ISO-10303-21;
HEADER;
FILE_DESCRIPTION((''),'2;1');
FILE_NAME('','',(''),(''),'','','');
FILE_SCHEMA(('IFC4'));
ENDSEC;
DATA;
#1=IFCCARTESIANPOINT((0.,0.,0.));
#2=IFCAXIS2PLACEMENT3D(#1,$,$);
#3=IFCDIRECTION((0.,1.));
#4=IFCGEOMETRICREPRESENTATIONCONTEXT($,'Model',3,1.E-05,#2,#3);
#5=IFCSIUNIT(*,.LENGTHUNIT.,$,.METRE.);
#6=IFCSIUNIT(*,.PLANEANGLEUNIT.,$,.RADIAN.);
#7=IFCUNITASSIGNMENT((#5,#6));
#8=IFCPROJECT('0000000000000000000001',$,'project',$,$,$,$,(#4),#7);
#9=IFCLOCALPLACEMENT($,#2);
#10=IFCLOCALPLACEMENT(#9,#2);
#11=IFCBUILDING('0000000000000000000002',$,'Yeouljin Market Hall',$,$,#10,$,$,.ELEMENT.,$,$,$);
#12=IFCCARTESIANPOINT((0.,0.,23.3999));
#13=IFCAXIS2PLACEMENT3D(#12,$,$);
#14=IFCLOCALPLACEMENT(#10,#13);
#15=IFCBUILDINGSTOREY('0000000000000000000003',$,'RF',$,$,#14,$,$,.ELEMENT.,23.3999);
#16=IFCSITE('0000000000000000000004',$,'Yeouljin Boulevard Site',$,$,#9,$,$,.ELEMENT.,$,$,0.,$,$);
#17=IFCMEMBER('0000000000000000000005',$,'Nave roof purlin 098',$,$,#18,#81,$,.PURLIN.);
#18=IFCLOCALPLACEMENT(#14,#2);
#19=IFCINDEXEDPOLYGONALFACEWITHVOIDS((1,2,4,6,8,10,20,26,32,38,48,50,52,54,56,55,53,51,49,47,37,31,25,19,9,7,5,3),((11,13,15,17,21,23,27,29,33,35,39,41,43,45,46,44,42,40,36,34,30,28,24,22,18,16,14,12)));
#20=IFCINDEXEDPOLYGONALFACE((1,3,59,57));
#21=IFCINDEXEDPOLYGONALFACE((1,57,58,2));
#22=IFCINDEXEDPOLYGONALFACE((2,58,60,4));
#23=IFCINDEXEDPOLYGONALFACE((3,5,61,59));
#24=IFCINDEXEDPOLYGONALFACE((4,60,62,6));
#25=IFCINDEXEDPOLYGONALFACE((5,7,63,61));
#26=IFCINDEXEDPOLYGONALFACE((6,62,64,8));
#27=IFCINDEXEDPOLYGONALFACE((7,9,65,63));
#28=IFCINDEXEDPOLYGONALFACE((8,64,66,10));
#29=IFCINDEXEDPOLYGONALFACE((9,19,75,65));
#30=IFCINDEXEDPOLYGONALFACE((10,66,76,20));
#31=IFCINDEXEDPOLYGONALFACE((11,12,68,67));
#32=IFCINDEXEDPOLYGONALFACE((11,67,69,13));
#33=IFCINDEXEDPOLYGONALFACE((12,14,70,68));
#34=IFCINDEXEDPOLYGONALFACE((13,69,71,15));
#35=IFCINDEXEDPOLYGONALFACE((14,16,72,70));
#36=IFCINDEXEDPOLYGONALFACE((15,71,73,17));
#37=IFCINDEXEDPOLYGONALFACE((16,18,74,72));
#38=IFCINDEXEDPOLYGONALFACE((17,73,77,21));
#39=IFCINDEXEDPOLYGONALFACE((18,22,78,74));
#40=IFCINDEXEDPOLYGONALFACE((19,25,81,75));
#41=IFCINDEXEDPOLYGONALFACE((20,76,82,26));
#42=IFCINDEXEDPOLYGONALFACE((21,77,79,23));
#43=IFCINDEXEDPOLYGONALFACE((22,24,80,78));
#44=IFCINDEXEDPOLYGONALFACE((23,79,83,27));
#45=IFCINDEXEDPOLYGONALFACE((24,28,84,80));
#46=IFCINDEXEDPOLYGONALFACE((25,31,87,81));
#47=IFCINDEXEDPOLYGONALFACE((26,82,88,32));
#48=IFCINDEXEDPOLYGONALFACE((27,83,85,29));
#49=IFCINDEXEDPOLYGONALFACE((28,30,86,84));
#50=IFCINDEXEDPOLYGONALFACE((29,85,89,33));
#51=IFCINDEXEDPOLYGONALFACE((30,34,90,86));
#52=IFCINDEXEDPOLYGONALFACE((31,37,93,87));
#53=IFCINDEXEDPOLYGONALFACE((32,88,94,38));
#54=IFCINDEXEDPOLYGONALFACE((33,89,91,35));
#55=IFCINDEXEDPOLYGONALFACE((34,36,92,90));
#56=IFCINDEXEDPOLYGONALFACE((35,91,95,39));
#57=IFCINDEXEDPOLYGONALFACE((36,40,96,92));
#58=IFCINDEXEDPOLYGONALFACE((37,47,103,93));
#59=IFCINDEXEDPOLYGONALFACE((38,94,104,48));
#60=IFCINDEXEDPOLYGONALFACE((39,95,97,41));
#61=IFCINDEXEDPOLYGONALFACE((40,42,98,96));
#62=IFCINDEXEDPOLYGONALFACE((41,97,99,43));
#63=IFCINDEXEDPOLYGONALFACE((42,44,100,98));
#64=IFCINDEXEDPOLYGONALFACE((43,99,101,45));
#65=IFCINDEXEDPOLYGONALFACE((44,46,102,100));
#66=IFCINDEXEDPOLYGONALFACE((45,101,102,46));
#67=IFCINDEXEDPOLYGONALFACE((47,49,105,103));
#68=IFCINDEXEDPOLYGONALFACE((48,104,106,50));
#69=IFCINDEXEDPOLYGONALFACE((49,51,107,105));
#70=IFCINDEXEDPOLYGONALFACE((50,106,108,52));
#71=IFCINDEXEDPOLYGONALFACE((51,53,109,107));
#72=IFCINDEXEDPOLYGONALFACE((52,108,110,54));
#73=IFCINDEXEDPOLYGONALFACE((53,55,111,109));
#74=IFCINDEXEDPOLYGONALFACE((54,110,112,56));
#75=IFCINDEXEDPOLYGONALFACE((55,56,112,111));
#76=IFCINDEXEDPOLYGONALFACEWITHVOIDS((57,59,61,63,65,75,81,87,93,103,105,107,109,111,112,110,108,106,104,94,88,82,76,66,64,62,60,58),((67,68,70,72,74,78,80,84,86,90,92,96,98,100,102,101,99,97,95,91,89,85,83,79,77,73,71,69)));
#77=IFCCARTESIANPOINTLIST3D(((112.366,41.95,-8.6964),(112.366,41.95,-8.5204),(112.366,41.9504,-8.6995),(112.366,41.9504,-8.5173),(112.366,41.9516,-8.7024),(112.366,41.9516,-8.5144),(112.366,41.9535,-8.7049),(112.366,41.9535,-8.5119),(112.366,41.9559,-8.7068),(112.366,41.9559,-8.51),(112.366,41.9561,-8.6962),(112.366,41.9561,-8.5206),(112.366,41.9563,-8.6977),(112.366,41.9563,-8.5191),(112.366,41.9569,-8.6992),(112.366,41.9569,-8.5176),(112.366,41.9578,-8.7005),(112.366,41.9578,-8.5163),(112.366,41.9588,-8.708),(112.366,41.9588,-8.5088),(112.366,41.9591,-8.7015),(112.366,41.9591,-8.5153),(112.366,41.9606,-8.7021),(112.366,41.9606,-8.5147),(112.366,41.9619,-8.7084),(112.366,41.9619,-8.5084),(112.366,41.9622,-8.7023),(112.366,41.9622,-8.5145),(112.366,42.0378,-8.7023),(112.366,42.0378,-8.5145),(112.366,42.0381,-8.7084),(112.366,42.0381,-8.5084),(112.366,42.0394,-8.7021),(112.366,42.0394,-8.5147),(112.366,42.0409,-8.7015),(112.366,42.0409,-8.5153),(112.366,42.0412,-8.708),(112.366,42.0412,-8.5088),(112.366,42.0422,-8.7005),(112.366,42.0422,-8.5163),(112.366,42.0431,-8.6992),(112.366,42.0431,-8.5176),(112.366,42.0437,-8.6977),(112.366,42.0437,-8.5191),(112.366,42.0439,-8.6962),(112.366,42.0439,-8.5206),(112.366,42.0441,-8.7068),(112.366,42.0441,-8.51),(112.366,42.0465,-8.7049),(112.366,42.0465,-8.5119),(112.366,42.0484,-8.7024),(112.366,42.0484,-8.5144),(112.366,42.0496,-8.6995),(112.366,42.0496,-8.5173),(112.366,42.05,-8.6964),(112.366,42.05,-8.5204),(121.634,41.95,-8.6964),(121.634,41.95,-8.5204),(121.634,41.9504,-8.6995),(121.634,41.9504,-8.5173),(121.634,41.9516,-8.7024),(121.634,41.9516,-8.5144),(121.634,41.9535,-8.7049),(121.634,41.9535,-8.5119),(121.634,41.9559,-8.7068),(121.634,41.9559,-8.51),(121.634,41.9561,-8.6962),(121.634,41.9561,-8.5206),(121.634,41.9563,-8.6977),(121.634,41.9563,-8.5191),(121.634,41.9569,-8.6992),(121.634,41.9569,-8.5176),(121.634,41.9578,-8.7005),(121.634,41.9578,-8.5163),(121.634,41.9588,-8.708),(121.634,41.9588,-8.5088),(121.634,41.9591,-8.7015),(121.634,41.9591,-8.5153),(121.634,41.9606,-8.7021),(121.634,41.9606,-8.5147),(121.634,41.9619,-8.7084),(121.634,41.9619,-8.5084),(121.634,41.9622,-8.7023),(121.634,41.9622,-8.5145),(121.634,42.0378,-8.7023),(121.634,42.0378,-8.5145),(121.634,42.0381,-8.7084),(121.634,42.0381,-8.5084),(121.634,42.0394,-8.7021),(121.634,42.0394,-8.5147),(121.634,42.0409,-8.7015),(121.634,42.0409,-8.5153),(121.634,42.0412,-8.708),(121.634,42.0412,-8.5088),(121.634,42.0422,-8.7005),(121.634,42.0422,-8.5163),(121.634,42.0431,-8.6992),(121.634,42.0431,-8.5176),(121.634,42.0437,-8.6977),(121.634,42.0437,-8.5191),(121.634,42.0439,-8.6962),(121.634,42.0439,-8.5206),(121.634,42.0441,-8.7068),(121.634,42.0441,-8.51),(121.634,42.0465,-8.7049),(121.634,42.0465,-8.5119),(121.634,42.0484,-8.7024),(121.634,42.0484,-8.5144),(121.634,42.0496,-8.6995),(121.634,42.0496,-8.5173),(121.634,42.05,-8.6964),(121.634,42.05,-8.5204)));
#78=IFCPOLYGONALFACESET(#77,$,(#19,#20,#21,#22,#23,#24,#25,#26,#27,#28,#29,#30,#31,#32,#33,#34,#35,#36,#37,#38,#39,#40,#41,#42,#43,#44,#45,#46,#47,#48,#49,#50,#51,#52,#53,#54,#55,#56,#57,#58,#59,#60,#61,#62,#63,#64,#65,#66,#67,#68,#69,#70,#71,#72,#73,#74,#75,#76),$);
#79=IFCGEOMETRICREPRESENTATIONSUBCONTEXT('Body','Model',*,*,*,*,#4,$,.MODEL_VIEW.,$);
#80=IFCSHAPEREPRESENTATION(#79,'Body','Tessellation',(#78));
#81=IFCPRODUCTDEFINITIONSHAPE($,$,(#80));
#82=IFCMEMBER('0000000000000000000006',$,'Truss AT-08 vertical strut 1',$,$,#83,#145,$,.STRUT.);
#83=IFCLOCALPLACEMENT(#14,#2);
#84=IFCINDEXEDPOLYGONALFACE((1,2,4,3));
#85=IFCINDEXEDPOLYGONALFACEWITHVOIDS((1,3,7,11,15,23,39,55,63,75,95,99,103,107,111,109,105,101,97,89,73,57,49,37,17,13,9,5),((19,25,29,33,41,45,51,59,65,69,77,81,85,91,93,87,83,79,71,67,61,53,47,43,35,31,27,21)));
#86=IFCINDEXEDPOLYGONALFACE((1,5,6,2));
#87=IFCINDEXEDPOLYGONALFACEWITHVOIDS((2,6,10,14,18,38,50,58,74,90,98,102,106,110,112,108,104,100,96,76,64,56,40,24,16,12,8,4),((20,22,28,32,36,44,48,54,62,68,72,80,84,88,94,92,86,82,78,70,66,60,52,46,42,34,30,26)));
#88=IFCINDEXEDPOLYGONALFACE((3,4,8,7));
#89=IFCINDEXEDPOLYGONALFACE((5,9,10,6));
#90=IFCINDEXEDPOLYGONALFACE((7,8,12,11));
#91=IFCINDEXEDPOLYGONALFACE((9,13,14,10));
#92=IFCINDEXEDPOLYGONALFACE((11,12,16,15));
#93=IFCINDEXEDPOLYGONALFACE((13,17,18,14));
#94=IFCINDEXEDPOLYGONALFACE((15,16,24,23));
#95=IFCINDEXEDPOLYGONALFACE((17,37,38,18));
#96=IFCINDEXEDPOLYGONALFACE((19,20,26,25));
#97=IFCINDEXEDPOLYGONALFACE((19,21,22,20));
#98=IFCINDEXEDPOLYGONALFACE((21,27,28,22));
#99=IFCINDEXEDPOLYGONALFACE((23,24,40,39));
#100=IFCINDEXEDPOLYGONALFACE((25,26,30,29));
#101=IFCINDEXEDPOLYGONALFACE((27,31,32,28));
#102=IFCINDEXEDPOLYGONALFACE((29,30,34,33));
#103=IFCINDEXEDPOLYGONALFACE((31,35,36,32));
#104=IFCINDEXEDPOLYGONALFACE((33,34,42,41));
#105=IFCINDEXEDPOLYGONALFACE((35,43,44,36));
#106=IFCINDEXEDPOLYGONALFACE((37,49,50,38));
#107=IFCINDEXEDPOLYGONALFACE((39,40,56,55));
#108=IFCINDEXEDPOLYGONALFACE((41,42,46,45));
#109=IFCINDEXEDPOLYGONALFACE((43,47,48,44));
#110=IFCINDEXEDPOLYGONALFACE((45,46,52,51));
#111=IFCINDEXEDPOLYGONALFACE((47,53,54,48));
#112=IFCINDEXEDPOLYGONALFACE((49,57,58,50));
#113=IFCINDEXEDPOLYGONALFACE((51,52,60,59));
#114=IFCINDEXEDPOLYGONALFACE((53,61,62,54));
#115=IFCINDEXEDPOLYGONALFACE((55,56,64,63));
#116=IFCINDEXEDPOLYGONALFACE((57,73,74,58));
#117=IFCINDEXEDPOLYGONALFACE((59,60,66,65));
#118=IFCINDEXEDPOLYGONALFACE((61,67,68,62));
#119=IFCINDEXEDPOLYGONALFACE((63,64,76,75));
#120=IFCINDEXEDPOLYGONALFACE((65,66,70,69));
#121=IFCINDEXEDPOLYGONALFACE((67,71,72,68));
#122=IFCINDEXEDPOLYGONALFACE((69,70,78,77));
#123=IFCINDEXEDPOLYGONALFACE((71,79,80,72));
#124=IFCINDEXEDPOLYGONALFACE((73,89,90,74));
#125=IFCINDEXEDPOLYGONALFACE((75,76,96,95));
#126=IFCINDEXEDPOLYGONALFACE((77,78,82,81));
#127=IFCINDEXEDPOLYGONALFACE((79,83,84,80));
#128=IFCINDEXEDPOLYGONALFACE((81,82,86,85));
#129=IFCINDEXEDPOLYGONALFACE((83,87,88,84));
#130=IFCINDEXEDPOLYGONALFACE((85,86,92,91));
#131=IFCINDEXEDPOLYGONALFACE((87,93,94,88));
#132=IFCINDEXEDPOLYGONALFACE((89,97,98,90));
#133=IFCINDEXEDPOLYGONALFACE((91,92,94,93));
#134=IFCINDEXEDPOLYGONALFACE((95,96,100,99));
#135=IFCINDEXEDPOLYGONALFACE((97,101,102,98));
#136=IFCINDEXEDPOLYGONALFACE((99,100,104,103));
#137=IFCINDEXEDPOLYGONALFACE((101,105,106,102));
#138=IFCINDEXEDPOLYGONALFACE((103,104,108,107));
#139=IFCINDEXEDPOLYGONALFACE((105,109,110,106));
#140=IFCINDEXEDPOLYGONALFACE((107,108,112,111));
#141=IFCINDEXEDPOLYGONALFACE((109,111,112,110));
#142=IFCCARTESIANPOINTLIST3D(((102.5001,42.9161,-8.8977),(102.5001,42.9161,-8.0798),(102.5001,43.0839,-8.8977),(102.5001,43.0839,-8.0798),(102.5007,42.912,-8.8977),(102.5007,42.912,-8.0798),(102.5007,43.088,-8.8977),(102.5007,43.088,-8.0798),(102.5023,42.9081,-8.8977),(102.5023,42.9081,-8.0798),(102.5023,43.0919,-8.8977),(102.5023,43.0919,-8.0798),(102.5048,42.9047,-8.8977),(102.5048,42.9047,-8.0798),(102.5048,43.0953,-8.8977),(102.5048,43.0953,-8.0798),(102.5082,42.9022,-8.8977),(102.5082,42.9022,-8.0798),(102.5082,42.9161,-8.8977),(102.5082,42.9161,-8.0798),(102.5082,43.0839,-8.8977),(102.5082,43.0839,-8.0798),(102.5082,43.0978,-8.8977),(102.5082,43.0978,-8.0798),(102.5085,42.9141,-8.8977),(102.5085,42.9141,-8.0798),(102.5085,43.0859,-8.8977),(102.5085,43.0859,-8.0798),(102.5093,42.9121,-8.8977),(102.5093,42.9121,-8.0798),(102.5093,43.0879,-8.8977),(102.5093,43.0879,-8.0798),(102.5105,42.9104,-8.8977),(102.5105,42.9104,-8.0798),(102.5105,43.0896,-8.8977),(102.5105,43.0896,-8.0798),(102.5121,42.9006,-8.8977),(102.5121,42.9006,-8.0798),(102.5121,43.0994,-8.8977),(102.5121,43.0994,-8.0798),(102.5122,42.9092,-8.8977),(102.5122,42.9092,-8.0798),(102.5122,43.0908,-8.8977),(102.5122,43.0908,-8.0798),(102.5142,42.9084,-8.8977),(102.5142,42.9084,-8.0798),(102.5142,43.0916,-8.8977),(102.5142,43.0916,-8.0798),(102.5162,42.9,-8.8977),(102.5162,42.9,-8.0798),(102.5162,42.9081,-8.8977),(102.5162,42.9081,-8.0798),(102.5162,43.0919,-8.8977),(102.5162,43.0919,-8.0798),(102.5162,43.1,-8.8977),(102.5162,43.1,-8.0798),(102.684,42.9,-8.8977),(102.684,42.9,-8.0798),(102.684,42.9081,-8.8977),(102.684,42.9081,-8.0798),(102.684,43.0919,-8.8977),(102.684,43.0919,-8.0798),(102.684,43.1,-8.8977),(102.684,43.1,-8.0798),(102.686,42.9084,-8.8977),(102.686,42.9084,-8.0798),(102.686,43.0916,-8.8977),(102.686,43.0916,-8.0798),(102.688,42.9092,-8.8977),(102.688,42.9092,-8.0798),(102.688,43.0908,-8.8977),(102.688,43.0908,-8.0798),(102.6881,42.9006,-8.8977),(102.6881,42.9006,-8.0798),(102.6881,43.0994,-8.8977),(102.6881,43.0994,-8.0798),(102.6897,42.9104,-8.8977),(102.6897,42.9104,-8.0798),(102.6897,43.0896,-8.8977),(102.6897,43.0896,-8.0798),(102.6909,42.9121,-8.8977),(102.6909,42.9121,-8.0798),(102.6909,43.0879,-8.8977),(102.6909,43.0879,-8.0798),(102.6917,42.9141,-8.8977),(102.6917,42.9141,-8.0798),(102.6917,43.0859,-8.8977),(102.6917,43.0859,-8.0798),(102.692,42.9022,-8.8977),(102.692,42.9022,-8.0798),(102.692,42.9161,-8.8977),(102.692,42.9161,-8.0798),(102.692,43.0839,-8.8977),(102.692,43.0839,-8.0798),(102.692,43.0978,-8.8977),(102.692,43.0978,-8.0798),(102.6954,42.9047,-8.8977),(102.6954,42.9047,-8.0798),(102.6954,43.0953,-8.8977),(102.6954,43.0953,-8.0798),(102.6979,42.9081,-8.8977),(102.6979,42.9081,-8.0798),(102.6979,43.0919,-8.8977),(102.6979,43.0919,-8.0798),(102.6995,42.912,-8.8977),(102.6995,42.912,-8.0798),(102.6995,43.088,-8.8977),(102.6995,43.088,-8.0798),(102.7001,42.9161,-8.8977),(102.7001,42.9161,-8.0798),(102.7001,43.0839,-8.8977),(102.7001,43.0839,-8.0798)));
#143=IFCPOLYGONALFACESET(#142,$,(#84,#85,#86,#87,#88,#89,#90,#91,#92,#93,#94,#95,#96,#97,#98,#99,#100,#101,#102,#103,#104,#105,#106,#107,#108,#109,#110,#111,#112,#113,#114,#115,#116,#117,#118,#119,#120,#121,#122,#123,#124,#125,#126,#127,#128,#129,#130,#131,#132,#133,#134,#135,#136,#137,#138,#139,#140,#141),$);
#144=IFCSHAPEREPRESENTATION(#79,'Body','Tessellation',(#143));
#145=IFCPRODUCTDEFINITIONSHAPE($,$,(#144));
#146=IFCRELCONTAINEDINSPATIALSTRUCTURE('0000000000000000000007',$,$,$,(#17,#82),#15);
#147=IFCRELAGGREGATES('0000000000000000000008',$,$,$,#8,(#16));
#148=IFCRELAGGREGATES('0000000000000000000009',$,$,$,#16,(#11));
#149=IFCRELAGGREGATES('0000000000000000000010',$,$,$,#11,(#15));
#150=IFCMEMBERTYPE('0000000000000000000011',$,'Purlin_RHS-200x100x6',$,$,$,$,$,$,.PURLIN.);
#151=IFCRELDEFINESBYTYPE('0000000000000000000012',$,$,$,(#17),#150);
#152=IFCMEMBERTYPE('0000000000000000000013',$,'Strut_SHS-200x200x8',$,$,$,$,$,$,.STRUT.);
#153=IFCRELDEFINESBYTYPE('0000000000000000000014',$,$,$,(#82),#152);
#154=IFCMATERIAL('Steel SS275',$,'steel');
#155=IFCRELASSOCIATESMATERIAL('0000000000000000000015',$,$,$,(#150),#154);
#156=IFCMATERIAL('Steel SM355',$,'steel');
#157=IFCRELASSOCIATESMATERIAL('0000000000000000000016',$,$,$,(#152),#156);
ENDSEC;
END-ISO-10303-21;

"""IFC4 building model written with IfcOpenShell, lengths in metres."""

from ifc_helpers import new_model, si_unit, direction, frame, origin, origin_2d, place, context, subcontext, project, spatial, hollow_rectangle, extrude, material, material_profile, profile_set, type_object, element, save


model = new_model("IFC4")

# Units and contexts
model_context = context("Model", 3, precision=1e-05, world=origin(), true_north=direction((0.0, 1.0)))
body_context = subcontext(model_context, "Body", "Model", "MODEL_VIEW")
ifc_project = project(units=[si_unit("LENGTHUNIT", "METRE"), si_unit("PLANEANGLEUNIT", "RADIAN")], contexts=[model_context])

# Site, building, storey
site_placement = place(None, origin())
site = spatial("IfcSite", under=ifc_project, at=site_placement, Name="Yeouljin Boulevard Site", CompositionType="ELEMENT", RefElevation=0.0)
building_placement = place(site_placement, origin())
building = spatial("IfcBuilding", under=site, at=building_placement, Name="Yeouljin Market Hall", CompositionType="ELEMENT")
storey_placement = place(building_placement, frame((0.0, 0.0, 23.3999)))
storey = spatial("IfcBuildingStorey", under=building, at=storey_placement, Name="RF", CompositionType="ELEMENT", Elevation=23.3999)

# Members
ifc_material_1 = material(Name="Steel SS275", Category="steel")
ifc_material_profile_1 = material_profile(ifc_material_1, hollow_rectangle(XDim=0.1001, YDim=0.2, WallThickness=0.0061, InnerFilletRadius=0.0061, OuterFilletRadius=0.012, at=origin_2d()), Name="RHS-200x100x6")
ifc_profile_set_1 = profile_set([ifc_material_profile_1], Name="Steel SS275")
member_type_1 = type_object("IfcMemberType", Name="Purlin_RHS-200x100x6", PredefinedType="PURLIN", material=ifc_profile_set_1)
member_placement = place(storey_placement, frame((112.366, 42.0, -8.6084), z_axis=(1.0, 0.0, 0.0), x_axis=(0.0, 1.0, 0.0)))
element("IfcMember", 1, at=member_placement, inside=storey, type_object=member_type_1, Name="Nave roof purlin 098", PredefinedType="PURLIN", context=body_context, shape_type="SweptSolid", body=[
    extrude(hollow_rectangle(XDim=0.1001, YDim=0.2, WallThickness=0.0061, InnerFilletRadius=0.0061, OuterFilletRadius=0.012, at=origin_2d()), origin(), (0.0, 0.0, 1.0), 9.2681),
])
ifc_material_2 = material(Name="Steel SM355", Category="steel")
ifc_material_profile_2 = material_profile(ifc_material_2, hollow_rectangle(XDim=0.2, YDim=0.2, WallThickness=0.0081, InnerFilletRadius=0.0081, OuterFilletRadius=0.0161, at=origin_2d()), Name="SHS-200x200x8")
ifc_profile_set_2 = profile_set([ifc_material_profile_2], Name="Steel SM355")
member_type_2 = type_object("IfcMemberType", Name="Strut_SHS-200x200x8", PredefinedType="STRUT", material=ifc_profile_set_2)
for number, where, z_axis, x_axis, name in (
    (2, (102.6001, 43.0, -8.8977), (0.0, 0.0, 1.0), (1.0, 0.0, 0.0), "Truss AT-08 vertical strut 1"),
):
    element("IfcMember", number, at=place(storey_placement, frame(where, z_axis=z_axis, x_axis=x_axis)), inside=storey, type_object=member_type_2, Name=name, PredefinedType="STRUT", context=body_context, shape_type="SweptSolid", body=[
        extrude(hollow_rectangle(XDim=0.2, YDim=0.2, WallThickness=0.0081, InnerFilletRadius=0.0081, OuterFilletRadius=0.0161, at=origin_2d()), origin(), (0.0, 0.0, 1.0), 0.8179),
    ])

save(model, "model.ifc")
